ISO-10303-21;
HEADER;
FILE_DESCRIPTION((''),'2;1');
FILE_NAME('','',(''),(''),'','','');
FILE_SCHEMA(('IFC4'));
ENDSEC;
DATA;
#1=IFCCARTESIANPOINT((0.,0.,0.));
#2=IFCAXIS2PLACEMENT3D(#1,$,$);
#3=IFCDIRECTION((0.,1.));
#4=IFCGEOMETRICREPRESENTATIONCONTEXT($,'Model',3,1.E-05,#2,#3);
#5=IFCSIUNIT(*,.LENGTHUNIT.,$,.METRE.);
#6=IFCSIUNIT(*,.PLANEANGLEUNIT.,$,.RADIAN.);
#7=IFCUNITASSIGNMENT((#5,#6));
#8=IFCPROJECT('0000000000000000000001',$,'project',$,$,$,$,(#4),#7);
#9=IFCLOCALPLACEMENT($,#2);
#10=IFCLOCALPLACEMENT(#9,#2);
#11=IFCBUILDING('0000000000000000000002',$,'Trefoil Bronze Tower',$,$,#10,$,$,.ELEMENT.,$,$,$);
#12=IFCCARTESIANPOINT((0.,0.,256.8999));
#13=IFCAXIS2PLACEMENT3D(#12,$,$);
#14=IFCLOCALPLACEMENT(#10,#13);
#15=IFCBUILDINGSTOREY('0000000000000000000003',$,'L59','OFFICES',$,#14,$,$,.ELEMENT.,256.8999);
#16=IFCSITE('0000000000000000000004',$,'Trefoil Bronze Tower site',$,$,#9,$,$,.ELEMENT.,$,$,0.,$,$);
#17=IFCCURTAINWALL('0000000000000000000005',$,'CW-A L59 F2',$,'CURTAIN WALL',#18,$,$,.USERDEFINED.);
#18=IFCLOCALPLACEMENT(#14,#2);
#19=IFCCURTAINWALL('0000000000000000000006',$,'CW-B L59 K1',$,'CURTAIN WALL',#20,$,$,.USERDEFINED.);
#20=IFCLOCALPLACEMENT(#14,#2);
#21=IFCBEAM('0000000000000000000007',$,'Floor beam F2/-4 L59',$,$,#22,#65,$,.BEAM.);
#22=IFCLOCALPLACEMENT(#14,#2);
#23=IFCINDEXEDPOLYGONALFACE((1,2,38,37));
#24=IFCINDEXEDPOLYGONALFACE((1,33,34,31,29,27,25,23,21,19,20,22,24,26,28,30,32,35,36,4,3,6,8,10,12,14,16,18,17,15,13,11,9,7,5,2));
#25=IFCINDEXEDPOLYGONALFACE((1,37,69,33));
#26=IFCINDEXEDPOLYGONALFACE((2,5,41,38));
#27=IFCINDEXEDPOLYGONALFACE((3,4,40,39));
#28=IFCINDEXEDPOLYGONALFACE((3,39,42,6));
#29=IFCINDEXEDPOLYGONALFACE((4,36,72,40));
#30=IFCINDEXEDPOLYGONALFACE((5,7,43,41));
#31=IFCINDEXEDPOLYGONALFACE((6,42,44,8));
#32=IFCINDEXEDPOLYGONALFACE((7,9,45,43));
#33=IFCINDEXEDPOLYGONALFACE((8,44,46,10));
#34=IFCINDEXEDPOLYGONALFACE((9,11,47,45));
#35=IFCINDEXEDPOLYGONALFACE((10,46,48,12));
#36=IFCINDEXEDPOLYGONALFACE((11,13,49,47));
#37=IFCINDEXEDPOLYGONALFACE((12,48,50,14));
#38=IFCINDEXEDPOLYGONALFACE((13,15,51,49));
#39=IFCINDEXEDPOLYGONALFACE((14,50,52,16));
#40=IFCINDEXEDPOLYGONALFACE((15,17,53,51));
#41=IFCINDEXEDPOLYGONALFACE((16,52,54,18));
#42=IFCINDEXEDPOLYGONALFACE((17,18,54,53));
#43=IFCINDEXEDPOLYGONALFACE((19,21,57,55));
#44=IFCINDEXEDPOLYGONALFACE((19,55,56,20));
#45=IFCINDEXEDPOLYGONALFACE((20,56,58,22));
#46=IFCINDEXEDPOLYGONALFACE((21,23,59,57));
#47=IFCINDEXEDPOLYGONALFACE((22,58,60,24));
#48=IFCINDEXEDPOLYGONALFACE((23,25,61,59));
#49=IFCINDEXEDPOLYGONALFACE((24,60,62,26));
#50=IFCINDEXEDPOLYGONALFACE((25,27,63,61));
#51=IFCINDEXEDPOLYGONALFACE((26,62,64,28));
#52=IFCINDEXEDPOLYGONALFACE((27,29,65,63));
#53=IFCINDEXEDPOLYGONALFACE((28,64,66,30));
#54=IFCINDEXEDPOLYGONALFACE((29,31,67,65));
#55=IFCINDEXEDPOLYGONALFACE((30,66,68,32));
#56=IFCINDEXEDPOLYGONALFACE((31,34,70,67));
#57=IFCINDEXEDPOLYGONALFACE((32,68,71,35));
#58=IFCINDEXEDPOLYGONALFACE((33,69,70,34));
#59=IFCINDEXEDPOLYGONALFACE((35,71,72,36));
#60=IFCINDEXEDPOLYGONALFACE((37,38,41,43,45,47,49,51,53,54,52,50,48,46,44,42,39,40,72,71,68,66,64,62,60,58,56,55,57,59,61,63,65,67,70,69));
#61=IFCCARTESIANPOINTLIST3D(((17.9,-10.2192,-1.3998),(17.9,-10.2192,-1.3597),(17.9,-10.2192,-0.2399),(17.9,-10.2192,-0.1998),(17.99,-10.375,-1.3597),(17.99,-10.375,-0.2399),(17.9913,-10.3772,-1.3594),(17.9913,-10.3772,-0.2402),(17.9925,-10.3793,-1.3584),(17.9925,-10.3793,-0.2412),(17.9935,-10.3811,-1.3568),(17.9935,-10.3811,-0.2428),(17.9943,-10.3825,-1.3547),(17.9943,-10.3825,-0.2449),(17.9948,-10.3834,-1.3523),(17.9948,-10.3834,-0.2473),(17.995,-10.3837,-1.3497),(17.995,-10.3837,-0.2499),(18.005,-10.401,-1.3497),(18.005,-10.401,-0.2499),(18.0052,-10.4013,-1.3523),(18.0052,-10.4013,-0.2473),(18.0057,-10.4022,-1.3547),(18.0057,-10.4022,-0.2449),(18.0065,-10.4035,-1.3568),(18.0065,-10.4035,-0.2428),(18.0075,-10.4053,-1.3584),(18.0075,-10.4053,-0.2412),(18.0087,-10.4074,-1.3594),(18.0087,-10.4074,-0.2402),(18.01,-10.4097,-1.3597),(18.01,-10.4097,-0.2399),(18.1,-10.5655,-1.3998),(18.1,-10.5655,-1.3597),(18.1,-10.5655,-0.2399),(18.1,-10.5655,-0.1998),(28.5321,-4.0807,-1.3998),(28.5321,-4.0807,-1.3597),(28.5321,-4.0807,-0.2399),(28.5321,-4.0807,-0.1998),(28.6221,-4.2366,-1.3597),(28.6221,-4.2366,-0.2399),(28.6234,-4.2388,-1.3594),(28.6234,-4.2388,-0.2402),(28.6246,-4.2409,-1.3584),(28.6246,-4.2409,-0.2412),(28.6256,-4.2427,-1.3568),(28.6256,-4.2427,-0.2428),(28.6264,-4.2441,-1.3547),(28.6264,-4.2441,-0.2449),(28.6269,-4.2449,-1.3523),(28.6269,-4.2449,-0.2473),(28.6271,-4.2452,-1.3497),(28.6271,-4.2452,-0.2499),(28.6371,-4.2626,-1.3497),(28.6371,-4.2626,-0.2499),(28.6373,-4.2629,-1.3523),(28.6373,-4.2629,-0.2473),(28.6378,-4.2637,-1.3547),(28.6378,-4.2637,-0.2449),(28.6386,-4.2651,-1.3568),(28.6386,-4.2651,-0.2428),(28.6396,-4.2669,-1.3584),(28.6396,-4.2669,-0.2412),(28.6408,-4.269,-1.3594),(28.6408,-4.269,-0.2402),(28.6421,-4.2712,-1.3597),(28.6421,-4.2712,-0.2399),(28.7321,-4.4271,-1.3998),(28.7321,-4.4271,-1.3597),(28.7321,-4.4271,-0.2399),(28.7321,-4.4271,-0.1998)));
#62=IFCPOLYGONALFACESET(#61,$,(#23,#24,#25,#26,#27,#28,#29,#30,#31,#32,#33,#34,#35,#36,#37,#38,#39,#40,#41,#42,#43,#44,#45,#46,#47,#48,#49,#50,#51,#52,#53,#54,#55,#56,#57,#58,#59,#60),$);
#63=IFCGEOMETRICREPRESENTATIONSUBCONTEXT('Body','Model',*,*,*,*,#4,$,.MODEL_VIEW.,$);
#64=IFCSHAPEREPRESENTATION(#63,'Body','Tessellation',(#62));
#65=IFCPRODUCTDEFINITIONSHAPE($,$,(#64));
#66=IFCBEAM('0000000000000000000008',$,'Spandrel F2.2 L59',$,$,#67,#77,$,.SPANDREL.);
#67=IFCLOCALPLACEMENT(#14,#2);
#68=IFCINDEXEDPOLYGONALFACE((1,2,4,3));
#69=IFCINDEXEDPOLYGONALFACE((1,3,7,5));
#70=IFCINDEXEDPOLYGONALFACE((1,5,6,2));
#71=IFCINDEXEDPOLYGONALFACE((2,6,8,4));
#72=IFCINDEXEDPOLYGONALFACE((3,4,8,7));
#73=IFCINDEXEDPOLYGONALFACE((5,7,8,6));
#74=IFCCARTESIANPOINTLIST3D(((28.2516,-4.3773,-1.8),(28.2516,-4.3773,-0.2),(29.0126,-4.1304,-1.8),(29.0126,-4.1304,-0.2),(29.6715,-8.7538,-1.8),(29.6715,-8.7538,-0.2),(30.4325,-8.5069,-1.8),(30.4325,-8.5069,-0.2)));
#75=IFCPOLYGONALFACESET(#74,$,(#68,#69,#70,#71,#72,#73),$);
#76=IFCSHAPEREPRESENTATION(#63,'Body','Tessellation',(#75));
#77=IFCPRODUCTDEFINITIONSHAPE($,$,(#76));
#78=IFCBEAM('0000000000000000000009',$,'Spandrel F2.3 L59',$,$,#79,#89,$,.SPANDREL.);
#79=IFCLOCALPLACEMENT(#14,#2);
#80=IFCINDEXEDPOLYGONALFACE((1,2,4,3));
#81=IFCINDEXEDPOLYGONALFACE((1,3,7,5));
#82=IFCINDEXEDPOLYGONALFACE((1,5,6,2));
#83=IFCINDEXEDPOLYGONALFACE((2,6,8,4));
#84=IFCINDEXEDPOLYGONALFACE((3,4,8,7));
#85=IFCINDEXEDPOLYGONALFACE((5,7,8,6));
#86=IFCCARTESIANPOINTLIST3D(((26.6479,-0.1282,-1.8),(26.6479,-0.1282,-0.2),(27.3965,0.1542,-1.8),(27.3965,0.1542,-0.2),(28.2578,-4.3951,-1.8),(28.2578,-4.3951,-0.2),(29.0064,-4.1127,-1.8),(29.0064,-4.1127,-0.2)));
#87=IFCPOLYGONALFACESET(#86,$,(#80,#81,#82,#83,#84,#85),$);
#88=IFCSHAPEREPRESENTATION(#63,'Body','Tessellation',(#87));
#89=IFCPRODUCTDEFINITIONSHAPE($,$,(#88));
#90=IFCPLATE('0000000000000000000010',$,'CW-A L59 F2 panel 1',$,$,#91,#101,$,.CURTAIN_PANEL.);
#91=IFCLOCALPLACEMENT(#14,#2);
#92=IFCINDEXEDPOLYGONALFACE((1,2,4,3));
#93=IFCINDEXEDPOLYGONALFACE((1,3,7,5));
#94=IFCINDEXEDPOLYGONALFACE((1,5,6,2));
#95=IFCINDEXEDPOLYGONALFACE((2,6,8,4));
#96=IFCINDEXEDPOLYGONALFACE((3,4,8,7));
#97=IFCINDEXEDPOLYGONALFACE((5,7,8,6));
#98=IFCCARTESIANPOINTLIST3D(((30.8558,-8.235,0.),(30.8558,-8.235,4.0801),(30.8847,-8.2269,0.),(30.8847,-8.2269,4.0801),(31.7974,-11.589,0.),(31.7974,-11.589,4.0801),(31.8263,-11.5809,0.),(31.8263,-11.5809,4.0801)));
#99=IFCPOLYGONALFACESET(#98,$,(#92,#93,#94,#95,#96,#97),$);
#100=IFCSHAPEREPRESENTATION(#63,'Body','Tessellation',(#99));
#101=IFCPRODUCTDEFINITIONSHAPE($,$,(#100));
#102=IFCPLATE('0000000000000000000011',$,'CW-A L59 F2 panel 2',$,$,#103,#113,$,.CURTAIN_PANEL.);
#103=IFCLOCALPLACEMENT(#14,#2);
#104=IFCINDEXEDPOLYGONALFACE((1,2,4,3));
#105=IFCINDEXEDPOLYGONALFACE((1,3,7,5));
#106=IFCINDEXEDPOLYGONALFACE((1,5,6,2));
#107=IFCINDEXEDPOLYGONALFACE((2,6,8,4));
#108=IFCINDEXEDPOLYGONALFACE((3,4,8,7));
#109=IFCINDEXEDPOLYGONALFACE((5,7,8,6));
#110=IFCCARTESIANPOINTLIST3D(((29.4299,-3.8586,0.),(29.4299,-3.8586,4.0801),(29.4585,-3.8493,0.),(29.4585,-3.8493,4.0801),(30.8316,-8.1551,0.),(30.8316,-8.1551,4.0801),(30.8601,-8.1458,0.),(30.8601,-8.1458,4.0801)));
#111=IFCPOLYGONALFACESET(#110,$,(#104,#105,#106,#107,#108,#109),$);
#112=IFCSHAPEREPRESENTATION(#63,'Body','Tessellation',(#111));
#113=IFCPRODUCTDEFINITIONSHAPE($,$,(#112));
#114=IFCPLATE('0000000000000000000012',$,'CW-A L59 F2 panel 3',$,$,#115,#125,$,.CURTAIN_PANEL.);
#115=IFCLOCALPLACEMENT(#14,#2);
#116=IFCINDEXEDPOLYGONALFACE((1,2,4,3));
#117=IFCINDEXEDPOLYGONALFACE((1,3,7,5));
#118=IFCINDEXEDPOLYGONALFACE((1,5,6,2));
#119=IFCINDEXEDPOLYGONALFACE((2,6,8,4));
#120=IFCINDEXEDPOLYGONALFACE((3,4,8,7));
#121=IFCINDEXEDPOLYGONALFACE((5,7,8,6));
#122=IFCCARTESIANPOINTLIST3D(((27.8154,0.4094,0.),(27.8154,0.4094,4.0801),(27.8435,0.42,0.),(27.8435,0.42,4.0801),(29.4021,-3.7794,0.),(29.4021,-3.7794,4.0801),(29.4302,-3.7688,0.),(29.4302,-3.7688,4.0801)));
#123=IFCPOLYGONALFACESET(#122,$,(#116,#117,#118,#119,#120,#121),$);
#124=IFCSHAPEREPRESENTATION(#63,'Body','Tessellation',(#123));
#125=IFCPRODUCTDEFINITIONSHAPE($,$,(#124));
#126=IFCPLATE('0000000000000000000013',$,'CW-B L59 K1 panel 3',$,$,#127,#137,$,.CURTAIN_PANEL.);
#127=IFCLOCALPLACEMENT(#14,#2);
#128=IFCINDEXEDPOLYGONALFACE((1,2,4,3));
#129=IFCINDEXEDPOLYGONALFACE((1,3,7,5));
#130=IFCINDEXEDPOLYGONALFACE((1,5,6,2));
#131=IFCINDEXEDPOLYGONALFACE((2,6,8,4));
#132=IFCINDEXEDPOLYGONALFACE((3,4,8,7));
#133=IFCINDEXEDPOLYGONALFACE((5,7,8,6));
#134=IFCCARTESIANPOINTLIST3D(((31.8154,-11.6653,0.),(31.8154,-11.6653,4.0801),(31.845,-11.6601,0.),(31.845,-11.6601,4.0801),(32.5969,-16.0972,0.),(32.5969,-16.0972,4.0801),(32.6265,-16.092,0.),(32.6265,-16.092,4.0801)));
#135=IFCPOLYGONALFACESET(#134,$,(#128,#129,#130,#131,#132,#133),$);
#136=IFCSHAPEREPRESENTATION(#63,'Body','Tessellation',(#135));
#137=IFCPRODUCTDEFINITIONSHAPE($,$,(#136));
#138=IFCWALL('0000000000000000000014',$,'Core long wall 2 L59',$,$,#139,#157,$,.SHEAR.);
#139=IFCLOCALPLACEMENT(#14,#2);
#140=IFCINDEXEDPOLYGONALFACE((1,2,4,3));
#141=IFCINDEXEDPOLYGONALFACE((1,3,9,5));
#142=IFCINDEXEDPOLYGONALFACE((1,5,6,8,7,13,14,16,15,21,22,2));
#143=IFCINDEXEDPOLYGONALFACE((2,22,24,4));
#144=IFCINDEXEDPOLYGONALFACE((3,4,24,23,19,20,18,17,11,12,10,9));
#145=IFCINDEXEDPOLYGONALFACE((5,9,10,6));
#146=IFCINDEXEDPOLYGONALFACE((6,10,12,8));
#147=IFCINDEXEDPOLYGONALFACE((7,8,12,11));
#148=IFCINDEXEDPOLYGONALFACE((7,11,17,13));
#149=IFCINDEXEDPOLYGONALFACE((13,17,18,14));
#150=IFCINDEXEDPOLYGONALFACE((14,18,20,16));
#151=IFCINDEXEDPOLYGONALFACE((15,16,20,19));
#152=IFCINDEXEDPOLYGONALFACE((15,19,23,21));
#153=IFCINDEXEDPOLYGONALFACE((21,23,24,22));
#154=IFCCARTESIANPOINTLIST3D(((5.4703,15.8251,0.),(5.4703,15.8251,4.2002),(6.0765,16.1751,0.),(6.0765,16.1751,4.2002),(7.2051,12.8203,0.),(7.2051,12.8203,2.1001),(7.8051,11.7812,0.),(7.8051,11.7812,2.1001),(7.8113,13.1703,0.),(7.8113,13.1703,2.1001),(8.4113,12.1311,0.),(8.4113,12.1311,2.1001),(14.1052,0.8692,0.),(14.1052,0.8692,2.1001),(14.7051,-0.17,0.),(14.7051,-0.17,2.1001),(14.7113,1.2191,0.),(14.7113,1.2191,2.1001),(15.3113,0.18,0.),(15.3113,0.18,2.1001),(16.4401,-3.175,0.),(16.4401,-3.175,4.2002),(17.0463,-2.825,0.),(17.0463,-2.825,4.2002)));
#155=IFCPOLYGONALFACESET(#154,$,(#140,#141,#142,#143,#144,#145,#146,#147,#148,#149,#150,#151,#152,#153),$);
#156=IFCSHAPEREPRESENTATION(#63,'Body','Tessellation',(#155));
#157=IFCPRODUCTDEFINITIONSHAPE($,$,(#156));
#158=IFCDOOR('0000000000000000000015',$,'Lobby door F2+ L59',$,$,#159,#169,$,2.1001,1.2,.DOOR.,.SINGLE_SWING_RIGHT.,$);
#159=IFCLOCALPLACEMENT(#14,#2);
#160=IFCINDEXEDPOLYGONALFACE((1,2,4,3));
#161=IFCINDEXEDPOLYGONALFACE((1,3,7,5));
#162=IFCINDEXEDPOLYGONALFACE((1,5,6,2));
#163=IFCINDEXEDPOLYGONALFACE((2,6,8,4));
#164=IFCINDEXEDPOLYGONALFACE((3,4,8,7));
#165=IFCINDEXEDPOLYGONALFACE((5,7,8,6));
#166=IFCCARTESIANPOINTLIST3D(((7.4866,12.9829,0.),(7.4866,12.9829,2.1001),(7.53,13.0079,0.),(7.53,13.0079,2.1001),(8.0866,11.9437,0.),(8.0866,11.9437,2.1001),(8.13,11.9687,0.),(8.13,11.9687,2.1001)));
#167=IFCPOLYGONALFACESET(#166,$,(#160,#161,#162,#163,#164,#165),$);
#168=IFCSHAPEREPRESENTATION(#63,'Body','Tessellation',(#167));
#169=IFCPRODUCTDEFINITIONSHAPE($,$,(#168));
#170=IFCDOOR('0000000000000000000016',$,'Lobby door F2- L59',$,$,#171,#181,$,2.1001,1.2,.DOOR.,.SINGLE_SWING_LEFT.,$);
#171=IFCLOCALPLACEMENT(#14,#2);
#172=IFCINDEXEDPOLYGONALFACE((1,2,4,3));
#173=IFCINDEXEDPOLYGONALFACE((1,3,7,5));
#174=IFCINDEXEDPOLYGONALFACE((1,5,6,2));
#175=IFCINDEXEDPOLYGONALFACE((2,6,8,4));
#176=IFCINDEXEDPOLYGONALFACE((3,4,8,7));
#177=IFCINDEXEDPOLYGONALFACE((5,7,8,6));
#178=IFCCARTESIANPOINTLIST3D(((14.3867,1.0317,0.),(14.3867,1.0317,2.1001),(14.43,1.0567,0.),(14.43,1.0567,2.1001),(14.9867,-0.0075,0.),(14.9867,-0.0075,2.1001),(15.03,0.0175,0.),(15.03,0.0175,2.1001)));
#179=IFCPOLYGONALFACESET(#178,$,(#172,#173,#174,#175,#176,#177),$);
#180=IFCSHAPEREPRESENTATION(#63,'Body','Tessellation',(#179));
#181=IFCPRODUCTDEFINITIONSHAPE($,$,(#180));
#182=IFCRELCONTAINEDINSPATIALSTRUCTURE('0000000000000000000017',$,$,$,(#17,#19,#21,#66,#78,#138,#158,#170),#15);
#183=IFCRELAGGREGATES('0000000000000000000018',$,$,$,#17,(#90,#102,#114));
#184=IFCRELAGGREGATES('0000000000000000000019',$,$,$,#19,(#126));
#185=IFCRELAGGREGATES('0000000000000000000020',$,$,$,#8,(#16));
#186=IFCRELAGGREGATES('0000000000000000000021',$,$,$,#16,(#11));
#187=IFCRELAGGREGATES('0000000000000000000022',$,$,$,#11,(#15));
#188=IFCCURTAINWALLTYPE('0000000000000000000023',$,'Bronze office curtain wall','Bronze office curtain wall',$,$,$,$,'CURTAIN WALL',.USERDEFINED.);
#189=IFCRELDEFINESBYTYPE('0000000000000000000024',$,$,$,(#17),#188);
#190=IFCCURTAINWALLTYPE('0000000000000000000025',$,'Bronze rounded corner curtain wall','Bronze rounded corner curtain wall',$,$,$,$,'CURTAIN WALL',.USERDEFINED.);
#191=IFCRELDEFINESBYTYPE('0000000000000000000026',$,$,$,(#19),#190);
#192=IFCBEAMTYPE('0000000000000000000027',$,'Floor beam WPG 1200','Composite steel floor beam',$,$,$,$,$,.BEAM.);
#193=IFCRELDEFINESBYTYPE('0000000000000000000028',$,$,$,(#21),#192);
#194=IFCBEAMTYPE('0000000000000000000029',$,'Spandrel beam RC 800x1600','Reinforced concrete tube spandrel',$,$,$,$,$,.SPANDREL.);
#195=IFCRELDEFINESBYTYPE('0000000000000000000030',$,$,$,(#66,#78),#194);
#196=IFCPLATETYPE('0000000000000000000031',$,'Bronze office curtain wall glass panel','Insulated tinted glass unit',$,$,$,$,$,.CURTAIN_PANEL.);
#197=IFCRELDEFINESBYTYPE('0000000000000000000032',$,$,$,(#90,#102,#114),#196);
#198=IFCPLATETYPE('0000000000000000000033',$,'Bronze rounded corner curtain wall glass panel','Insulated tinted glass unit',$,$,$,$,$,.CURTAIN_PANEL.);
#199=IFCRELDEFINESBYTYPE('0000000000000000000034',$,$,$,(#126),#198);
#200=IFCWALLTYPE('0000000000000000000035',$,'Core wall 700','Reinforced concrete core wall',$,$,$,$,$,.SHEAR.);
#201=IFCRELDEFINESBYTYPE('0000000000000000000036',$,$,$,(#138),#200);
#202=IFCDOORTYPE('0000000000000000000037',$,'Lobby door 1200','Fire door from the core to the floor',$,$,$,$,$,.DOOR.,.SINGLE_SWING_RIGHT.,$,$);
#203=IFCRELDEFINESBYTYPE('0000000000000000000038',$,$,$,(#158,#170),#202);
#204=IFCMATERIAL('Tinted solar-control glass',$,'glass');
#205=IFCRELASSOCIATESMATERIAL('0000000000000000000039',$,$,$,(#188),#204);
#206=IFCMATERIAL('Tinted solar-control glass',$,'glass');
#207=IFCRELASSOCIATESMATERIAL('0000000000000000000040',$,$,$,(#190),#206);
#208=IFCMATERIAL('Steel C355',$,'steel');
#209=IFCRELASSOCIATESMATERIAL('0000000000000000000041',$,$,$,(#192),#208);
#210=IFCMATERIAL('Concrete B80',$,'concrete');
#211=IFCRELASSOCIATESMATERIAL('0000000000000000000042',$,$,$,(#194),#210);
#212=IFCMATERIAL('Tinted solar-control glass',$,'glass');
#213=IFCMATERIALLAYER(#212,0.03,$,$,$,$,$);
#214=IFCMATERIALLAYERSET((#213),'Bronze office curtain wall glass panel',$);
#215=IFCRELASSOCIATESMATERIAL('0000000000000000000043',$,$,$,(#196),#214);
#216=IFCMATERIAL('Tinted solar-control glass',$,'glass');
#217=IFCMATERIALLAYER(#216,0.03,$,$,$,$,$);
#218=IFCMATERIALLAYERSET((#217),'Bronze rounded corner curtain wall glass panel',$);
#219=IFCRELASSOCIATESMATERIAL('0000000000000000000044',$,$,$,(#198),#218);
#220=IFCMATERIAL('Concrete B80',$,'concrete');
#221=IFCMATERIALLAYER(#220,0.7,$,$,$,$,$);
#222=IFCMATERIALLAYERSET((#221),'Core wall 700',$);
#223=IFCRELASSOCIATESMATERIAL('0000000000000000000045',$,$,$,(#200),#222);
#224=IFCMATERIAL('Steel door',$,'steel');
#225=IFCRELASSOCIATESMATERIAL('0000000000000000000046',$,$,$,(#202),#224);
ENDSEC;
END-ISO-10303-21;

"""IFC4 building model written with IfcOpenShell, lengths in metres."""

from ifc_helpers import new_model, si_unit, direction, frame, frame_2d, origin, origin_2d, place, context, subcontext, project, spatial, rectangle, i_section, extrude, material, layer, layer_set, material_profile, profile_set, type_object, element, fill, aggregate, save


model = new_model("IFC4")

# Units and contexts
model_context = context("Model", 3, precision=1e-05, world=origin(), true_north=direction((0.0, 1.0)))
body_context = subcontext(model_context, "Body", "Model", "MODEL_VIEW")
ifc_project = project(units=[si_unit("LENGTHUNIT", "METRE"), si_unit("PLANEANGLEUNIT", "RADIAN")], contexts=[model_context])

# Site, building, storey
site_placement = place(None, origin())
site = spatial("IfcSite", under=ifc_project, at=site_placement, Name="Trefoil Bronze Tower site", CompositionType="ELEMENT", RefElevation=0.0)
building_placement = place(site_placement, origin())
building = spatial("IfcBuilding", under=site, at=building_placement, Name="Trefoil Bronze Tower", CompositionType="ELEMENT")
storey_placement = place(building_placement, frame((0.0, 0.0, 256.8999)))
storey = spatial("IfcBuildingStorey", under=building, at=storey_placement, Name="L59", Description="OFFICES", CompositionType="ELEMENT", Elevation=256.8999)

# Curtain wall
ifc_material_1 = material(Name="Tinted solar-control glass", Category="glass")
curtain_wall_type_1 = type_object("IfcCurtainWallType", Name="Bronze office curtain wall", Description="Bronze office curtain wall", ElementType="CURTAIN WALL", PredefinedType="USERDEFINED", material=ifc_material_1)
curtain_wall_1_placement = place(storey_placement, origin())
curtain_wall_1 = element("IfcCurtainWall", 1, at=curtain_wall_1_placement, inside=storey, type_object=curtain_wall_type_1, Name="CW-A L59 F2", ObjectType="CURTAIN WALL", PredefinedType="USERDEFINED")

# Curtain wall
ifc_material_2 = material(Name="Tinted solar-control glass", Category="glass")
curtain_wall_type_2 = type_object("IfcCurtainWallType", Name="Bronze rounded corner curtain wall", Description="Bronze rounded corner curtain wall", ElementType="CURTAIN WALL", PredefinedType="USERDEFINED", material=ifc_material_2)
curtain_wall_2_placement = place(storey_placement, origin())
curtain_wall_2 = element("IfcCurtainWall", 2, at=curtain_wall_2_placement, inside=storey, type_object=curtain_wall_type_2, Name="CW-B L59 K1", ObjectType="CURTAIN WALL", PredefinedType="USERDEFINED")

# Beams
ifc_material_3 = material(Name="Steel C355", Category="steel")
ifc_material_profile_1 = material_profile(ifc_material_3, i_section(OverallWidth=0.3999, OverallDepth=1.2, WebThickness=0.02, FlangeThickness=0.04, FilletRadius=0.01, at=origin_2d()), Name="WPG 1200")
ifc_profile_set_1 = profile_set([ifc_material_profile_1], Name="Steel C355")
beam_type_1 = type_object("IfcBeamType", Name="Floor beam WPG 1200", Description="Composite steel floor beam", PredefinedType="BEAM", material=ifc_profile_set_1)
beam_1_placement = place(storey_placement, frame((28.6321, -4.2539, -0.7998), z_axis=(-0.866026, -0.5, 0.0), x_axis=(0.5, -0.866026, 0.0)))
element("IfcBeam", 3, at=beam_1_placement, inside=storey, type_object=beam_type_1, Name="Floor beam F2/-4 L59", PredefinedType="BEAM", context=body_context, shape_type="SweptSolid", body=[
    extrude(i_section(OverallWidth=0.3999, OverallDepth=1.2, WebThickness=0.02, FlangeThickness=0.04, FilletRadius=0.01, at=origin_2d()), origin(), (0.0, 0.0, 1.0), 12.2769),
])
ifc_material_4 = material(Name="Concrete B80", Category="concrete")
ifc_material_profile_2 = material_profile(ifc_material_4, rectangle(XDim=0.8, YDim=1.6001, at=origin_2d()), Name="RC 800x1600")
ifc_profile_set_2 = profile_set([ifc_material_profile_2], Name="Concrete B80")
beam_type_2 = type_object("IfcBeamType", Name="Spandrel beam RC 800x1600", Description="Reinforced concrete tube spandrel", PredefinedType="SPANDREL", material=ifc_profile_set_2)
beam_2_placement = place(storey_placement, frame((30.052, -8.6304, -1.0), z_axis=(-0.308609, 0.951189, 0.0), x_axis=(-0.951189, -0.308609, 0.0)))
element("IfcBeam", 4, at=beam_2_placement, inside=storey, type_object=beam_type_2, Name="Spandrel F2.2 L59", PredefinedType="SPANDREL", context=body_context, shape_type="SweptSolid", body=[
    extrude(rectangle(XDim=0.8, YDim=1.6001, at=origin_2d()), origin(), (0.0, 0.0, 1.0), 4.6011),
])
beam_3_placement = place(storey_placement, frame((28.6321, -4.2539, -1.0), z_axis=(-0.353006, 0.935621, 0.0), x_axis=(-0.935621, -0.353006, 0.0)))
element("IfcBeam", 5, at=beam_3_placement, inside=storey, type_object=beam_type_2, Name="Spandrel F2.3 L59", PredefinedType="SPANDREL", context=body_context, shape_type="SweptSolid", body=[
    extrude(rectangle(XDim=0.8, YDim=1.6001, at=origin_2d()), origin(), (0.0, 0.0, 1.0), 4.5605),
])

# Plates
ifc_material_5 = material(Name="Tinted solar-control glass", Category="glass")
ifc_layer_1 = layer(ifc_material_5, 0.03)
ifc_layer_set_1 = layer_set([ifc_layer_1], Name="Bronze office curtain wall glass panel")
plate_type_1 = type_object("IfcPlateType", Name="Bronze office curtain wall glass panel", Description="Insulated tinted glass unit", PredefinedType="CURTAIN_PANEL", material=ifc_layer_set_1)
plate_1_placement = place(storey_placement, frame((31.3411, -9.908, 0.0), z_axis=(0.0, 0.0, 1.0), x_axis=(-0.270282, 0.962781, 0.0)))
plate_1 = element("IfcPlate", 6, at=plate_1_placement, type_object=plate_type_1, Name="CW-A L59 F2 panel 1", PredefinedType="CURTAIN_PANEL", context=body_context, shape_type="SweptSolid", body=[
    extrude(rectangle(XDim=3.4836, YDim=0.03, at=origin_2d()), origin(), (0.0, 0.0, 1.0), 4.0801),
])
plate_2_placement = place(storey_placement, frame((30.145, -6.0022, 0.0), z_axis=(0.0, 0.0, 1.0), x_axis=(-0.310149, 0.950688, 0.0)))
plate_2 = element("IfcPlate", 7, at=plate_2_placement, type_object=plate_type_1, Name="CW-A L59 F2 panel 2", PredefinedType="CURTAIN_PANEL", context=body_context, shape_type="SweptSolid", body=[
    extrude(rectangle(XDim=4.5193, YDim=0.03, at=origin_2d()), origin(), (0.0, 0.0, 1.0), 4.0801),
])
plate_3_placement = place(storey_placement, frame((28.6228, -1.6797, 0.0), z_axis=(0.0, 0.0, 1.0), x_axis=(-0.354234, 0.935157, 0.0)))
plate_3 = element("IfcPlate", 8, at=plate_3_placement, type_object=plate_type_1, Name="CW-A L59 F2 panel 3", PredefinedType="CURTAIN_PANEL", context=body_context, shape_type="SweptSolid", body=[
    extrude(rectangle(XDim=4.4792, YDim=0.03, at=origin_2d()), origin(), (0.0, 0.0, 1.0), 4.0801),
])
aggregate(curtain_wall_1, [plate_1, plate_2, plate_3])
ifc_material_6 = material(Name="Tinted solar-control glass", Category="glass")
ifc_layer_2 = layer(ifc_material_6, 0.03)
ifc_layer_set_2 = layer_set([ifc_layer_2], Name="Bronze rounded corner curtain wall glass panel")
plate_type_2 = type_object("IfcPlateType", Name="Bronze rounded corner curtain wall glass panel", Description="Insulated tinted glass unit", PredefinedType="CURTAIN_PANEL", material=ifc_layer_set_2)
plate_4_placement = place(storey_placement, frame((32.2209, -13.8787, 0.0), z_axis=(0.0, 0.0, 1.0), x_axis=(-0.173648, 0.984808, 0.0)))
plate_4 = element("IfcPlate", 9, at=plate_4_placement, type_object=plate_type_2, Name="CW-B L59 K1 panel 3", PredefinedType="CURTAIN_PANEL", context=body_context, shape_type="SweptSolid", body=[
    extrude(rectangle(XDim=4.5002, YDim=0.03, at=origin_2d()), origin(), (0.0, 0.0, 1.0), 4.0801),
])
aggregate(curtain_wall_2, [plate_4])

# Wall, openings, doors
ifc_material_7 = material(Name="Concrete B80", Category="concrete")
ifc_layer_3 = layer(ifc_material_7, 0.7)
ifc_layer_set_3 = layer_set([ifc_layer_3], Name="Core wall 700")
wall_type_1 = type_object("IfcWallType", Name="Core wall 700", Description="Reinforced concrete core wall", PredefinedType="SHEAR", material=ifc_layer_set_3)
wall_1_placement = place(storey_placement, frame((16.7432, -3.0, 0.0), z_axis=(0.0, 0.0, 1.0), x_axis=(-0.500002, 0.866024, 0.0)))
wall_1 = element("IfcWall", 10, at=wall_1_placement, inside=storey, type_object=wall_type_1, Name="Core long wall 2 L59", PredefinedType="SHEAR", context=body_context, shape_type="SweptSolid", body=[
    extrude(rectangle(XDim=21.9395, YDim=0.7, at=frame_2d((10.9697, 0.0))), origin(), (0.0, 0.0, 1.0), 4.2002),
])
opening_1_placement = place(wall_1_placement, frame((17.2698, 0.0, 0.0)))
opening_1 = element("IfcOpeningElement", 11, at=opening_1_placement, cuts=wall_1, PredefinedType="OPENING", context=body_context, shape_type="SweptSolid", body=[
    extrude(rectangle(XDim=1.2, YDim=2.1001, at=frame_2d((0.6001, 1.05))), frame((0.0, 0.3599, 0.0), z_axis=(0.0, -1.0, 0.0), x_axis=(1.0, 0.0, 0.0)), (0.0, 0.0, 1.0), 0.72),
])
opening_2_placement = place(wall_1_placement, frame((3.4697, 0.0, 0.0)))
opening_2 = element("IfcOpeningElement", 12, at=opening_2_placement, cuts=wall_1, PredefinedType="OPENING", context=body_context, shape_type="SweptSolid", body=[
    extrude(rectangle(XDim=1.2, YDim=2.1001, at=frame_2d((0.6001, 1.05))), frame((0.0, 0.3599, 0.0), z_axis=(0.0, -1.0, 0.0), x_axis=(1.0, 0.0, 0.0)), (0.0, 0.0, 1.0), 0.72),
])
ifc_material_8 = material(Name="Steel door", Category="steel")
door_type_1 = type_object("IfcDoorType", Name="Lobby door 1200", Description="Fire door from the core to the floor", OperationType="SINGLE_SWING_RIGHT", PredefinedType="DOOR", material=ifc_material_8)
door_1_placement = place(opening_1_placement, origin())
door_1 = element("IfcDoor", 13, at=door_1_placement, inside=storey, type_object=door_type_1, Name="Lobby door F2+ L59", OperationType="SINGLE_SWING_RIGHT", OverallHeight=2.1001, OverallWidth=1.2, PredefinedType="DOOR", context=body_context, shape_type="SweptSolid", body=[
    extrude(rectangle(XDim=1.2, YDim=2.1001, at=frame_2d((0.6001, 1.05))), frame((0.0, 0.0249, 0.0), z_axis=(0.0, -1.0, 0.0), x_axis=(1.0, 0.0, 0.0)), (0.0, 0.0, 1.0), 0.05),
])
fill(opening_1, door_1)
door_2_placement = place(opening_2_placement, origin())
door_2 = element("IfcDoor", 14, at=door_2_placement, inside=storey, type_object=door_type_1, Name="Lobby door F2- L59", OperationType="SINGLE_SWING_LEFT", OverallHeight=2.1001, OverallWidth=1.2, PredefinedType="DOOR", context=body_context, shape_type="SweptSolid", body=[
    extrude(rectangle(XDim=1.2, YDim=2.1001, at=frame_2d((0.6001, 1.05))), frame((0.0, 0.0249, 0.0), z_axis=(0.0, -1.0, 0.0), x_axis=(1.0, 0.0, 0.0)), (0.0, 0.0, 1.0), 0.05),
])
fill(opening_2, door_2)

save(model, "model.ifc")
